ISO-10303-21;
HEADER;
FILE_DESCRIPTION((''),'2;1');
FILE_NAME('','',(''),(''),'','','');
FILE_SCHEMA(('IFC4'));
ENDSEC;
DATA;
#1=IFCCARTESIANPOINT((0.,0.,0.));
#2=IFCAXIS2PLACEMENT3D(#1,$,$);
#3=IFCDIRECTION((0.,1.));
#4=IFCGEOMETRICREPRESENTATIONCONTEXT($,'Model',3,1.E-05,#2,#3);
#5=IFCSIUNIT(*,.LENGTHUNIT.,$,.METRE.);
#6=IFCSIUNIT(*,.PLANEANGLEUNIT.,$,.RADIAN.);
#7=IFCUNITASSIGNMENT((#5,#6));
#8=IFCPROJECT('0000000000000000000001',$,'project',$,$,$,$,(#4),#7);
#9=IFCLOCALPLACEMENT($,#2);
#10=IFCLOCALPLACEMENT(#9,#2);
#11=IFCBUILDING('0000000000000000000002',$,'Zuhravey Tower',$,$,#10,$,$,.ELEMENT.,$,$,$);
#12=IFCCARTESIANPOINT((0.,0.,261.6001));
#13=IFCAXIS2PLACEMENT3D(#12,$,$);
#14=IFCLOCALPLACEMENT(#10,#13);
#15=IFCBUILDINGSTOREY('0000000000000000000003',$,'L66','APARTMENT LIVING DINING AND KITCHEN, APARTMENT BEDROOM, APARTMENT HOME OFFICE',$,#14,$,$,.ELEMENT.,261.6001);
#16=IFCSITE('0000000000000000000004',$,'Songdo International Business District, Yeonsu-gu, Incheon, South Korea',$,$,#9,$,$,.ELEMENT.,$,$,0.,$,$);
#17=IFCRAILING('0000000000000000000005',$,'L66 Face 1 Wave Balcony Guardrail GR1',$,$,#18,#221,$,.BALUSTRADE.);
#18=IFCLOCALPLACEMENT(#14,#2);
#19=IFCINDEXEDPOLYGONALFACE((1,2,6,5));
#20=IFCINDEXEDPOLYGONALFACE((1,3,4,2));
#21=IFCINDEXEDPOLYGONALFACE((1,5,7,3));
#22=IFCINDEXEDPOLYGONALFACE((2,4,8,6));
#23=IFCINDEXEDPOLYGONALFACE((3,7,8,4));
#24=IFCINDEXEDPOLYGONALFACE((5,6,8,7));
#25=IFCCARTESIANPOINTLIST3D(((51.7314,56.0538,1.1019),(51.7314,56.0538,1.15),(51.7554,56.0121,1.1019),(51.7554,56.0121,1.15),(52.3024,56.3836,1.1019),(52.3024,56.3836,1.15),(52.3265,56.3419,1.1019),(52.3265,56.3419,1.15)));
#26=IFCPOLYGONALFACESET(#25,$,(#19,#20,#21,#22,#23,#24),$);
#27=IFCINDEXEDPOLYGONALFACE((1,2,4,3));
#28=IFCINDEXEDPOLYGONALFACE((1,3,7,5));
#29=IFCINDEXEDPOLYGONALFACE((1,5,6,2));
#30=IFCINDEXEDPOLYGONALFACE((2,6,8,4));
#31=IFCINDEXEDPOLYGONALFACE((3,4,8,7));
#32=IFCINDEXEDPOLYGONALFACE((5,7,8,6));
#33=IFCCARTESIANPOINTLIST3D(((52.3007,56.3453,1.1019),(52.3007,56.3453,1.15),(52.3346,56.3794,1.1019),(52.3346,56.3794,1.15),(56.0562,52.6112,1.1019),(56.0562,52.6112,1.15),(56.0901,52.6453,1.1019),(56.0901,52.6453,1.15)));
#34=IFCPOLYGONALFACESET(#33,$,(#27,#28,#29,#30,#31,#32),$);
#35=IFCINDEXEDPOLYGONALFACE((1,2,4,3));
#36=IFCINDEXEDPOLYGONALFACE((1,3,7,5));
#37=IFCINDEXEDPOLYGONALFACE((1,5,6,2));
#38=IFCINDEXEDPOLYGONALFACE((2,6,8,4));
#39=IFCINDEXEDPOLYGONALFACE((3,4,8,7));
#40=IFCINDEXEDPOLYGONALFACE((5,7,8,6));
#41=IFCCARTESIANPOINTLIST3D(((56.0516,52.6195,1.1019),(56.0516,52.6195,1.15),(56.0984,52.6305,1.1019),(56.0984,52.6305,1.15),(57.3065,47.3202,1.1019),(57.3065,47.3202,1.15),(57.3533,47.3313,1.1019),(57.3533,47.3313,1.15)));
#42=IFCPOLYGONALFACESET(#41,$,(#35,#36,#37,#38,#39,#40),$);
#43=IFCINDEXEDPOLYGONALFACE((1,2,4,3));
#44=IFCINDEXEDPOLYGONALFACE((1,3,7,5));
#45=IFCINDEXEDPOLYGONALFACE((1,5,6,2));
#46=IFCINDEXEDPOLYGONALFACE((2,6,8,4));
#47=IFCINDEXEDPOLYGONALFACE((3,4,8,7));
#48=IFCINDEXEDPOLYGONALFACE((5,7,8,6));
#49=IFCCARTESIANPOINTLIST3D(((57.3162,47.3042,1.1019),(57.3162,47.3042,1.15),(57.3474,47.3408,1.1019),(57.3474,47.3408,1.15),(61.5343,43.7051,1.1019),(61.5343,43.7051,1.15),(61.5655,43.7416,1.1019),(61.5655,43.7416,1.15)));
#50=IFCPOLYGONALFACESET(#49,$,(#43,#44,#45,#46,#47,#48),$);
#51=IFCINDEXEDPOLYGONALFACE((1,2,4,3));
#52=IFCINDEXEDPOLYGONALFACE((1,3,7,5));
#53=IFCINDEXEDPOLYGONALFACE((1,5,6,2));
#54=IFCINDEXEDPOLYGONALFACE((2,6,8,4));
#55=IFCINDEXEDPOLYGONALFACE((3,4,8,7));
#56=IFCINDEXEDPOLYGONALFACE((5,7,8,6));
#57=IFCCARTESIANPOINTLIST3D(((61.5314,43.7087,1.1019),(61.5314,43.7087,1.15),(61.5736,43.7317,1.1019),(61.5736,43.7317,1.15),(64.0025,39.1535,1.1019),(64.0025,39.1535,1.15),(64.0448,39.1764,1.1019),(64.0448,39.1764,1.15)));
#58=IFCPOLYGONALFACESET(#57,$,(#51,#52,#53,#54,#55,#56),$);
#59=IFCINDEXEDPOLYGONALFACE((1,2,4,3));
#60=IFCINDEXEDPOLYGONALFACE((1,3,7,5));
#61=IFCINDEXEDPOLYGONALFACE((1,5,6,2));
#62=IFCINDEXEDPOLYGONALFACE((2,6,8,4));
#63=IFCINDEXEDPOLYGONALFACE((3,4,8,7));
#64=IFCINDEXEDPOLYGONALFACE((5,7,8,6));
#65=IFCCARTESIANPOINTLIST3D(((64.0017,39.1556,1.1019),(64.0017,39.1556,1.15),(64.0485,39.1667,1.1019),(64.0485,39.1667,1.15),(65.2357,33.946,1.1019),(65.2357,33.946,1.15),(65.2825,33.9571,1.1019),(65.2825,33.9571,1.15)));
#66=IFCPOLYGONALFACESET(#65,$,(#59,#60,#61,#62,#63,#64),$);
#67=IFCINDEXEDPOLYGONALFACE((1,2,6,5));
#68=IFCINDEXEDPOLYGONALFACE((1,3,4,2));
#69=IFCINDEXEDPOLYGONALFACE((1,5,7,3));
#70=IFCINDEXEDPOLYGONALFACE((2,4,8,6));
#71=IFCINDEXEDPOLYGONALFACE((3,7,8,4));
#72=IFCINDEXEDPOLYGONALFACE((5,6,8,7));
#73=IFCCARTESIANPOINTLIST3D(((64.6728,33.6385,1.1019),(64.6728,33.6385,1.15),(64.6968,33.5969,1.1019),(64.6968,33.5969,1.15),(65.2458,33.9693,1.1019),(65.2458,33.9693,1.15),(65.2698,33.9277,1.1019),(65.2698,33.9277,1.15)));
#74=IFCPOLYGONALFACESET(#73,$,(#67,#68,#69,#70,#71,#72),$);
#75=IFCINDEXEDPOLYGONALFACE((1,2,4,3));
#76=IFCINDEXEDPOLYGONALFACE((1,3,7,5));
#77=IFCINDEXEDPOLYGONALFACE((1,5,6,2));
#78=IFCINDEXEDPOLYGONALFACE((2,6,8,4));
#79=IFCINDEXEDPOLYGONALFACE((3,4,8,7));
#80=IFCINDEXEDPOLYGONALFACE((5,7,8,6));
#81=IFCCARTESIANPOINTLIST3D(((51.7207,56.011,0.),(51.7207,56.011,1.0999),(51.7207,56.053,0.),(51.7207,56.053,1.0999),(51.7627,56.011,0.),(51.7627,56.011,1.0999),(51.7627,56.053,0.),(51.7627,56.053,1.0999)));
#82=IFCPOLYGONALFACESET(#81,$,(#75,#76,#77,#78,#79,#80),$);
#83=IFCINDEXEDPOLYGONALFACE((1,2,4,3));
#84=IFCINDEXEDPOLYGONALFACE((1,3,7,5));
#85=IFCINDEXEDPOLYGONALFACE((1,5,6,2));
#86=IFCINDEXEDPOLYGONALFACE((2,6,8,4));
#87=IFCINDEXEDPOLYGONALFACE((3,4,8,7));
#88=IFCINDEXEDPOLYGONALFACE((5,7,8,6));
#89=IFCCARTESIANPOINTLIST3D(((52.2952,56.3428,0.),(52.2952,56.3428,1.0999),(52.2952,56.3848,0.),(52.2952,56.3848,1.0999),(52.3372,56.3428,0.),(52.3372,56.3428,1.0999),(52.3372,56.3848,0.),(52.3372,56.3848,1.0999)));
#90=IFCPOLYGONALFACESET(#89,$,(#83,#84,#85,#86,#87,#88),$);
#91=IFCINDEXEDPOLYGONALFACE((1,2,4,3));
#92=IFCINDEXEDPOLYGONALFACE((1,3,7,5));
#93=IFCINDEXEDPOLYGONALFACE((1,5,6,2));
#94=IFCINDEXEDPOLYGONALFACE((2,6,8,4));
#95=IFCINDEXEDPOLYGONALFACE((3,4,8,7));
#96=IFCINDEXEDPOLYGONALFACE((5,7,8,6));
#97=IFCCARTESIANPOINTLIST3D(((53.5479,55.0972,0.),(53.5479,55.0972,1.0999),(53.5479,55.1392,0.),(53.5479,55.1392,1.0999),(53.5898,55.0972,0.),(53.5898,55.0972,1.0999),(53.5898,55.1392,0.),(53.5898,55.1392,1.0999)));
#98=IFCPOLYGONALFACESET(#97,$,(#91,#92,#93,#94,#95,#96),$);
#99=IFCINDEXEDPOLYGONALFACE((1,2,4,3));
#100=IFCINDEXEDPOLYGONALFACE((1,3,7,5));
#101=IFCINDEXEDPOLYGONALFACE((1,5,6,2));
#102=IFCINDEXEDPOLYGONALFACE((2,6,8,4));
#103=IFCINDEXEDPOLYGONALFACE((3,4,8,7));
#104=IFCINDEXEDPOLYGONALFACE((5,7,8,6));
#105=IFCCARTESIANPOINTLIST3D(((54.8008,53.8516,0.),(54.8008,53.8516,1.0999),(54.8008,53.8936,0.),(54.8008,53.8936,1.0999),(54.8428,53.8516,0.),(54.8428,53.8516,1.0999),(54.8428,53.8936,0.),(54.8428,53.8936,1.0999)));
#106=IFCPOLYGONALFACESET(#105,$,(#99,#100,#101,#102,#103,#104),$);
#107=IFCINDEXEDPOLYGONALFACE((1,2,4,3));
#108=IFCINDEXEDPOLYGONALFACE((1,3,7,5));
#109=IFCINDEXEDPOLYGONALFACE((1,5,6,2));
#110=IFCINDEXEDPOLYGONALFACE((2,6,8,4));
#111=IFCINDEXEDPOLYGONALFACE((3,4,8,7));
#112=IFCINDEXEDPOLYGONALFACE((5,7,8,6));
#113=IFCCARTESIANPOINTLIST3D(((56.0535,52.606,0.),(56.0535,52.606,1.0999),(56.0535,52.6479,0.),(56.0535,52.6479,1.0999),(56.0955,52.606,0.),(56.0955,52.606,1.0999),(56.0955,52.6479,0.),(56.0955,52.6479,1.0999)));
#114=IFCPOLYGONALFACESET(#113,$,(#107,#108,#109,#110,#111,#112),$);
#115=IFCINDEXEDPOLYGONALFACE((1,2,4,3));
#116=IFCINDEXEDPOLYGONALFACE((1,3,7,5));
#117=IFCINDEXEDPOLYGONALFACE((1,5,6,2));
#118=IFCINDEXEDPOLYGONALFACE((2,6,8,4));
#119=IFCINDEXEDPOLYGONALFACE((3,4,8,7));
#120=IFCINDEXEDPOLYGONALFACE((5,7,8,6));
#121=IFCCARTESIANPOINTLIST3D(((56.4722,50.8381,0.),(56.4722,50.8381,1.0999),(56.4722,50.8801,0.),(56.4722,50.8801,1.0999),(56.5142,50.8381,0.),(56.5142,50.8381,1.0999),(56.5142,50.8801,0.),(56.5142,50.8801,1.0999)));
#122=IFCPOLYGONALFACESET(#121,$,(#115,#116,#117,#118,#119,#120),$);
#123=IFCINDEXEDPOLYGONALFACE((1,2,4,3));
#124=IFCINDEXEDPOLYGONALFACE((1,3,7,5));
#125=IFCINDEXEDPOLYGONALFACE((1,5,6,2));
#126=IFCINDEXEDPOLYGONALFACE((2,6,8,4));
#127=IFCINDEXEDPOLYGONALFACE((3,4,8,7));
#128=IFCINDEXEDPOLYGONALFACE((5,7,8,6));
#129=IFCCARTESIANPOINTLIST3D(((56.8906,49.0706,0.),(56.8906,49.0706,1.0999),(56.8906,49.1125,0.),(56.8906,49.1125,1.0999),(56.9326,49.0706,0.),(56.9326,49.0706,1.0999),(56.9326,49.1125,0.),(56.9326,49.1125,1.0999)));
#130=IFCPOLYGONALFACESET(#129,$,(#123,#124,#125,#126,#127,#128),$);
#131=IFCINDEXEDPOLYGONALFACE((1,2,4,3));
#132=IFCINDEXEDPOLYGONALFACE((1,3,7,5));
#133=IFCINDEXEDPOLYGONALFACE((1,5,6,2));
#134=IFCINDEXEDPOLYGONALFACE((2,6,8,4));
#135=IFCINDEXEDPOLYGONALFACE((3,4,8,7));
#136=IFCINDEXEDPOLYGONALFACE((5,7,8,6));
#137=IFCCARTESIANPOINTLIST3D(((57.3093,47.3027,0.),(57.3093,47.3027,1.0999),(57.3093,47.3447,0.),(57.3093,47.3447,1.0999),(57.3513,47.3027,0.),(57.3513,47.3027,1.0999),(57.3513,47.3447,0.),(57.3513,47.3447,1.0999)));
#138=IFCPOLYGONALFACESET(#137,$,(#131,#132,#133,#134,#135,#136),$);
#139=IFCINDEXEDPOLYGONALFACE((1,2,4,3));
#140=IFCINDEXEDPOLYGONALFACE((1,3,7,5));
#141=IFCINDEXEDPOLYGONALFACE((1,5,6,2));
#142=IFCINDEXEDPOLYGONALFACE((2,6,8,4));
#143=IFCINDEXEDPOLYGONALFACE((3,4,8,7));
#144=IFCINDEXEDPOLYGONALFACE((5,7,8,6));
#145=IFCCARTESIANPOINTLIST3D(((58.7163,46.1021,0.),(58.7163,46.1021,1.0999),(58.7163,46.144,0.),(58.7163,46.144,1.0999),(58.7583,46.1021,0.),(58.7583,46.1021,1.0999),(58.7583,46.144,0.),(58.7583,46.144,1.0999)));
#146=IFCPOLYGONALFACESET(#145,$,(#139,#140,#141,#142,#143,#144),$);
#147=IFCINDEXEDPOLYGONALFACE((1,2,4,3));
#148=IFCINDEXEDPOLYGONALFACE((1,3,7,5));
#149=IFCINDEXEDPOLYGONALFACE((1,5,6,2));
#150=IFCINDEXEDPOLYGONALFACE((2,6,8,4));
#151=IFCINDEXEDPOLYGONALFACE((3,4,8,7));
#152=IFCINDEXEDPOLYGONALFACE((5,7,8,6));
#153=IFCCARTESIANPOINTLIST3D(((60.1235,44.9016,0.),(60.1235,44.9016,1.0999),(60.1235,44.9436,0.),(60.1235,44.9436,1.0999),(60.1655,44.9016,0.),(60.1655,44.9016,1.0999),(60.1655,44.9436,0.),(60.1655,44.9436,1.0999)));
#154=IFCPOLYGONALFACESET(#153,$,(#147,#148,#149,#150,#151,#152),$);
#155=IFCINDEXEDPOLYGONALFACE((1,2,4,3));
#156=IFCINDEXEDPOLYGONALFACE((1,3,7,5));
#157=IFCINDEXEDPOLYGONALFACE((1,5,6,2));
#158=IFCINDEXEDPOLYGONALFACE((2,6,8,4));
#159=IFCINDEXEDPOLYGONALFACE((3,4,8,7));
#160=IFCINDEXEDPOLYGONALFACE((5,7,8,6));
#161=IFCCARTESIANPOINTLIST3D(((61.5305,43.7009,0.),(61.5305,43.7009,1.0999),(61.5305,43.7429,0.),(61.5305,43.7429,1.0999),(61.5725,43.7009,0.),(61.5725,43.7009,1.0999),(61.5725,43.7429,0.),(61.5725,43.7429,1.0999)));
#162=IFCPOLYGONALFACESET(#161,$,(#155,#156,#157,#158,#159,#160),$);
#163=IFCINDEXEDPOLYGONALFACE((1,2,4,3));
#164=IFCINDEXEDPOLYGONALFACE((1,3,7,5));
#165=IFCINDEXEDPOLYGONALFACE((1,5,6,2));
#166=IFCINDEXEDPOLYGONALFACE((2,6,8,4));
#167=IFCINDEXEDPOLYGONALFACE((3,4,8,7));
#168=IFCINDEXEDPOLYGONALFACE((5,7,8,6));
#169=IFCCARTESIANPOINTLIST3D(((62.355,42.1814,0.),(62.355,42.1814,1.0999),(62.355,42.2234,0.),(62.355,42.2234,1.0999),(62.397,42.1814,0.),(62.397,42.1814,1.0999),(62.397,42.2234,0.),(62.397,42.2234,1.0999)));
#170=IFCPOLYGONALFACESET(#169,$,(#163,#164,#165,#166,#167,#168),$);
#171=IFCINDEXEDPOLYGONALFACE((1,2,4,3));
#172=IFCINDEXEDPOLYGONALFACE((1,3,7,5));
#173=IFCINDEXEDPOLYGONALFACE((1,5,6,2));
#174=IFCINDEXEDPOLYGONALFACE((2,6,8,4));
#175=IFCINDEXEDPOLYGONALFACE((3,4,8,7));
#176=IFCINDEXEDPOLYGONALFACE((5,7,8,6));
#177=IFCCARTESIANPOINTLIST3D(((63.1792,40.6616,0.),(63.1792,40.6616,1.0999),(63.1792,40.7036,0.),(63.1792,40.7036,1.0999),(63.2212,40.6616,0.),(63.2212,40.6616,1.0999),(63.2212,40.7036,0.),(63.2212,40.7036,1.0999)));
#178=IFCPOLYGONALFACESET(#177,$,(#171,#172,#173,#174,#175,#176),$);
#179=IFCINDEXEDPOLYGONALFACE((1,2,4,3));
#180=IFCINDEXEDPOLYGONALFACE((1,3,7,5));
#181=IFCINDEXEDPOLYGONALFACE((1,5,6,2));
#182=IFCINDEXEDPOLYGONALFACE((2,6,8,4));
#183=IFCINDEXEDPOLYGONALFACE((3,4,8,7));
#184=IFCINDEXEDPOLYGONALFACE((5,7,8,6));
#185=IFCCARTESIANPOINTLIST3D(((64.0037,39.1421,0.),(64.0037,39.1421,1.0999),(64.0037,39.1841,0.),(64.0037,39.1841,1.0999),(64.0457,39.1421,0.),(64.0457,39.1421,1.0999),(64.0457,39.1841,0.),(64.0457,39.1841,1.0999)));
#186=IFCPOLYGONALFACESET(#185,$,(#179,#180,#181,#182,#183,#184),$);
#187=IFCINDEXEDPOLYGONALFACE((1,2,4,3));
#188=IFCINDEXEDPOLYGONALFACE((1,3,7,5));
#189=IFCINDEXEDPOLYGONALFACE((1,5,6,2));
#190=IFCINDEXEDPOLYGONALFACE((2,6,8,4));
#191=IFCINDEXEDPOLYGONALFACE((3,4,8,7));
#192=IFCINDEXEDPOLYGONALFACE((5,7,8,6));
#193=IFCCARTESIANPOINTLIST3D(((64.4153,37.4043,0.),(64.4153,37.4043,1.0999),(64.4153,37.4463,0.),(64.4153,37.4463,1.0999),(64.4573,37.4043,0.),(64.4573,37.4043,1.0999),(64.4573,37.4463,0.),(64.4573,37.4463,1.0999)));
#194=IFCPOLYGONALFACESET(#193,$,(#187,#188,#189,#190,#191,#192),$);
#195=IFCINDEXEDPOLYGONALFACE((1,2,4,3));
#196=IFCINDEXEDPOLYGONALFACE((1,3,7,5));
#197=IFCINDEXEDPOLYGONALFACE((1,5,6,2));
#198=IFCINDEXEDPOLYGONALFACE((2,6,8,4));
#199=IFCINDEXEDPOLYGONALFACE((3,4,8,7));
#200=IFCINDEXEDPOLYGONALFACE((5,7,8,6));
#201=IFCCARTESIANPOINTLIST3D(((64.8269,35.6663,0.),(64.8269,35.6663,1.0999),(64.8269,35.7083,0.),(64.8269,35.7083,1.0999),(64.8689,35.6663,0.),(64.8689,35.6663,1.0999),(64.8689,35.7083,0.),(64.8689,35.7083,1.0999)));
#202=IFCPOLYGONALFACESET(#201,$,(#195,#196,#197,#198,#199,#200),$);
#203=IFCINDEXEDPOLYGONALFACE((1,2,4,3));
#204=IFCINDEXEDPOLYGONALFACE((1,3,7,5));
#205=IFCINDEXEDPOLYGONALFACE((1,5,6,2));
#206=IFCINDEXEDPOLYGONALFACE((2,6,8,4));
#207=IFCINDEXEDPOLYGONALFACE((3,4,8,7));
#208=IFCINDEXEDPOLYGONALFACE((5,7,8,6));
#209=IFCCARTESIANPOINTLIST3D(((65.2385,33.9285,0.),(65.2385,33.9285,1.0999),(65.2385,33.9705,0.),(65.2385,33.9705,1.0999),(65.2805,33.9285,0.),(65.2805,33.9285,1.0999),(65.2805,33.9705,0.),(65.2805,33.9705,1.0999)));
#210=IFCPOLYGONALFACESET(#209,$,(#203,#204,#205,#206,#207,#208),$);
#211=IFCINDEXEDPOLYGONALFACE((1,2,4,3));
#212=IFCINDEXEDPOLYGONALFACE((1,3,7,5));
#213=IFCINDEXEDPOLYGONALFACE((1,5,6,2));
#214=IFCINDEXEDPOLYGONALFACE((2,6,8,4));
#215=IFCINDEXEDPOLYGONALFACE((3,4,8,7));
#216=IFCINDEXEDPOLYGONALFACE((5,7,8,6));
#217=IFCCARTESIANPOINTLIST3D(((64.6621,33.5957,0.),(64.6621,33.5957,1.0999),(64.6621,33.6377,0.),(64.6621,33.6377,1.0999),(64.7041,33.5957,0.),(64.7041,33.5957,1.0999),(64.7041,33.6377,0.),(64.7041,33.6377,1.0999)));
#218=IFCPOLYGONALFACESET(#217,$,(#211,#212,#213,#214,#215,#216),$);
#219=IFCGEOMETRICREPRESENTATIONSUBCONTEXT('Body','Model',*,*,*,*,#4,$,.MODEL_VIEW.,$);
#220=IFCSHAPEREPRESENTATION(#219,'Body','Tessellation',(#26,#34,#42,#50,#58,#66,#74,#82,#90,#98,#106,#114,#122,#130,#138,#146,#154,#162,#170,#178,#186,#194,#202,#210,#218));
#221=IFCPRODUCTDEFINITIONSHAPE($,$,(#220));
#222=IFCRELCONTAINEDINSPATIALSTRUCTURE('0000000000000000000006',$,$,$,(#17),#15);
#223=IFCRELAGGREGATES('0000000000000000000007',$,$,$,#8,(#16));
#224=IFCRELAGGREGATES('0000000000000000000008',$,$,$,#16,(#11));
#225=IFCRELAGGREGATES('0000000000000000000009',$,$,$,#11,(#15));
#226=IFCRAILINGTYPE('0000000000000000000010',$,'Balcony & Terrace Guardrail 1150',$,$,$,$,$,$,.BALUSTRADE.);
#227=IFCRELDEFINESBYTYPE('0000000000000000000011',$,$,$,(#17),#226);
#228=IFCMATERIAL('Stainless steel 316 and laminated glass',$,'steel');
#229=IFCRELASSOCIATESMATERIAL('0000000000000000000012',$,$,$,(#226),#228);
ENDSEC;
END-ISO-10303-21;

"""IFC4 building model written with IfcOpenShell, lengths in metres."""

from ifc_helpers import new_model, si_unit, direction, frame, origin, origin_2d, place, context, subcontext, project, spatial, rectangle, extrude, material, type_object, element, save


model = new_model("IFC4")

# Units and contexts
model_context = context("Model", 3, precision=1e-05, world=origin(), true_north=direction((0.0, 1.0)))
body_context = subcontext(model_context, "Body", "Model", "MODEL_VIEW")
ifc_project = project(units=[si_unit("LENGTHUNIT", "METRE"), si_unit("PLANEANGLEUNIT", "RADIAN")], contexts=[model_context])

# Site, building, storey
site_placement = place(None, origin())
site = spatial("IfcSite", under=ifc_project, at=site_placement, Name="Songdo International Business District, Yeonsu-gu, Incheon, South Korea", CompositionType="ELEMENT", RefElevation=0.0)
building_placement = place(site_placement, origin())
building = spatial("IfcBuilding", under=site, at=building_placement, Name="Zuhravey Tower", CompositionType="ELEMENT")
storey_placement = place(building_placement, frame((0.0, 0.0, 261.6001)))
storey = spatial("IfcBuildingStorey", under=building, at=storey_placement, Name="L66", Description="APARTMENT LIVING DINING AND KITCHEN, APARTMENT BEDROOM, APARTMENT HOME OFFICE", CompositionType="ELEMENT", Elevation=261.6001)

# Railing
ifc_material_1 = material(Name="Stainless steel 316 and laminated glass", Category="steel")
railing_type = type_object("IfcRailingType", Name="Balcony & Terrace Guardrail 1150", PredefinedType="BALUSTRADE", material=ifc_material_1)
railing_placement = place(storey_placement, frame((51.7417, 56.032, 0.0)))
element("IfcRailing", 1, at=railing_placement, inside=storey, type_object=railing_type, Name="L66 Face 1 Wave Balcony Guardrail GR1", PredefinedType="BALUSTRADE", context=body_context, shape_type="SweptSolid", body=[
    extrude(rectangle(XDim=0.0481, YDim=0.0481, at=origin_2d()), frame((0.0017, 0.001, 1.126), z_axis=(0.865947, 0.500137, 0.0), x_axis=(-0.500137, 0.865947, 0.0)), (0.0, 0.0, 1.0), 0.6594),
    extrude(rectangle(XDim=0.0481, YDim=0.0481, at=origin_2d()), frame((0.5759, 0.3303, 1.126), z_axis=(0.709131, -0.705077, 0.0), x_axis=(0.705077, 0.709131, 0.0)), (0.0, 0.0, 1.0), 5.2959),
    extrude(rectangle(XDim=0.0481, YDim=0.0481, at=origin_2d()), frame((4.3333, -3.407, 1.126), z_axis=(0.230437, -0.973087, 0.0), x_axis=(0.973087, 0.230437, 0.0)), (0.0, 0.0, 1.0), 5.4458),
    extrude(rectangle(XDim=0.0481, YDim=0.0481, at=origin_2d()), frame((5.5901, -8.7095, 1.126), z_axis=(0.760711, -0.64909, 0.0), x_axis=(0.64909, 0.760711, 0.0)), (0.0, 0.0, 1.0), 5.5449),
    extrude(rectangle(XDim=0.0481, YDim=0.0481, at=origin_2d()), frame((9.8108, -12.3118, 1.126), z_axis=(0.476846, -0.878987, 0.0), x_axis=(0.878987, 0.476846, 0.0)), (0.0, 0.0, 1.0), 5.1824),
    extrude(rectangle(XDim=0.0481, YDim=0.0481, at=origin_2d()), frame((12.2834, -16.8708, 1.126), z_axis=(0.230477, -0.973078, 0.0), x_axis=(0.973078, 0.230477, 0.0)), (0.0, 0.0, 1.0), 5.3538),
    extrude(rectangle(XDim=0.0481, YDim=0.0481, at=origin_2d()), frame((13.5161, -22.0835, 1.126), z_axis=(-0.866045, -0.499966, 0.0), x_axis=(0.499966, -0.866045, 0.0)), (0.0, 0.0, 1.0), 0.6616),
    extrude(rectangle(XDim=0.042, YDim=0.042, at=origin_2d()), origin(), (0.0, 0.0, 1.0), 1.0999),
    extrude(rectangle(XDim=0.042, YDim=0.042, at=origin_2d()), frame((0.5745, 0.3318, 0.0)), (0.0, 0.0, 1.0), 1.0999),
    extrude(rectangle(XDim=0.042, YDim=0.042, at=origin_2d()), frame((1.8271, -0.9138, 0.0)), (0.0, 0.0, 1.0), 1.0999),
    extrude(rectangle(XDim=0.042, YDim=0.042, at=origin_2d()), frame((3.0801, -2.1594, 0.0)), (0.0, 0.0, 1.0), 1.0999),
    extrude(rectangle(XDim=0.042, YDim=0.042, at=origin_2d()), frame((4.3328, -3.405, 0.0)), (0.0, 0.0, 1.0), 1.0999),
    extrude(rectangle(XDim=0.042, YDim=0.042, at=origin_2d()), frame((4.7515, -5.1729, 0.0)), (0.0, 0.0, 1.0), 1.0999),
    extrude(rectangle(XDim=0.042, YDim=0.042, at=origin_2d()), frame((5.1699, -6.9404, 0.0)), (0.0, 0.0, 1.0), 1.0999),
    extrude(rectangle(XDim=0.042, YDim=0.042, at=origin_2d()), frame((5.5886, -8.7083, 0.0)), (0.0, 0.0, 1.0), 1.0999),
    extrude(rectangle(XDim=0.042, YDim=0.042, at=origin_2d()), frame((6.9956, -9.9089, 0.0)), (0.0, 0.0, 1.0), 1.0999),
    extrude(rectangle(XDim=0.042, YDim=0.042, at=origin_2d()), frame((8.4028, -11.1094, 0.0)), (0.0, 0.0, 1.0), 1.0999),
    extrude(rectangle(XDim=0.042, YDim=0.042, at=origin_2d()), frame((9.8098, -12.3101, 0.0)), (0.0, 0.0, 1.0), 1.0999),
    extrude(rectangle(XDim=0.042, YDim=0.042, at=origin_2d()), frame((10.6343, -13.8296, 0.0)), (0.0, 0.0, 1.0), 1.0999),
    extrude(rectangle(XDim=0.042, YDim=0.042, at=origin_2d()), frame((11.4585, -15.3494, 0.0)), (0.0, 0.0, 1.0), 1.0999),
    extrude(rectangle(XDim=0.042, YDim=0.042, at=origin_2d()), frame((12.283, -16.8689, 0.0)), (0.0, 0.0, 1.0), 1.0999),
    extrude(rectangle(XDim=0.042, YDim=0.042, at=origin_2d()), frame((12.6946, -18.6067, 0.0)), (0.0, 0.0, 1.0), 1.0999),
    extrude(rectangle(XDim=0.042, YDim=0.042, at=origin_2d()), frame((13.1062, -20.3447, 0.0)), (0.0, 0.0, 1.0), 1.0999),
    extrude(rectangle(XDim=0.042, YDim=0.042, at=origin_2d()), frame((13.5178, -22.0825, 0.0)), (0.0, 0.0, 1.0), 1.0999),
    extrude(rectangle(XDim=0.042, YDim=0.042, at=origin_2d()), frame((12.9414, -22.4153, 0.0)), (0.0, 0.0, 1.0), 1.0999),
])

save(model, "model.ifc")
